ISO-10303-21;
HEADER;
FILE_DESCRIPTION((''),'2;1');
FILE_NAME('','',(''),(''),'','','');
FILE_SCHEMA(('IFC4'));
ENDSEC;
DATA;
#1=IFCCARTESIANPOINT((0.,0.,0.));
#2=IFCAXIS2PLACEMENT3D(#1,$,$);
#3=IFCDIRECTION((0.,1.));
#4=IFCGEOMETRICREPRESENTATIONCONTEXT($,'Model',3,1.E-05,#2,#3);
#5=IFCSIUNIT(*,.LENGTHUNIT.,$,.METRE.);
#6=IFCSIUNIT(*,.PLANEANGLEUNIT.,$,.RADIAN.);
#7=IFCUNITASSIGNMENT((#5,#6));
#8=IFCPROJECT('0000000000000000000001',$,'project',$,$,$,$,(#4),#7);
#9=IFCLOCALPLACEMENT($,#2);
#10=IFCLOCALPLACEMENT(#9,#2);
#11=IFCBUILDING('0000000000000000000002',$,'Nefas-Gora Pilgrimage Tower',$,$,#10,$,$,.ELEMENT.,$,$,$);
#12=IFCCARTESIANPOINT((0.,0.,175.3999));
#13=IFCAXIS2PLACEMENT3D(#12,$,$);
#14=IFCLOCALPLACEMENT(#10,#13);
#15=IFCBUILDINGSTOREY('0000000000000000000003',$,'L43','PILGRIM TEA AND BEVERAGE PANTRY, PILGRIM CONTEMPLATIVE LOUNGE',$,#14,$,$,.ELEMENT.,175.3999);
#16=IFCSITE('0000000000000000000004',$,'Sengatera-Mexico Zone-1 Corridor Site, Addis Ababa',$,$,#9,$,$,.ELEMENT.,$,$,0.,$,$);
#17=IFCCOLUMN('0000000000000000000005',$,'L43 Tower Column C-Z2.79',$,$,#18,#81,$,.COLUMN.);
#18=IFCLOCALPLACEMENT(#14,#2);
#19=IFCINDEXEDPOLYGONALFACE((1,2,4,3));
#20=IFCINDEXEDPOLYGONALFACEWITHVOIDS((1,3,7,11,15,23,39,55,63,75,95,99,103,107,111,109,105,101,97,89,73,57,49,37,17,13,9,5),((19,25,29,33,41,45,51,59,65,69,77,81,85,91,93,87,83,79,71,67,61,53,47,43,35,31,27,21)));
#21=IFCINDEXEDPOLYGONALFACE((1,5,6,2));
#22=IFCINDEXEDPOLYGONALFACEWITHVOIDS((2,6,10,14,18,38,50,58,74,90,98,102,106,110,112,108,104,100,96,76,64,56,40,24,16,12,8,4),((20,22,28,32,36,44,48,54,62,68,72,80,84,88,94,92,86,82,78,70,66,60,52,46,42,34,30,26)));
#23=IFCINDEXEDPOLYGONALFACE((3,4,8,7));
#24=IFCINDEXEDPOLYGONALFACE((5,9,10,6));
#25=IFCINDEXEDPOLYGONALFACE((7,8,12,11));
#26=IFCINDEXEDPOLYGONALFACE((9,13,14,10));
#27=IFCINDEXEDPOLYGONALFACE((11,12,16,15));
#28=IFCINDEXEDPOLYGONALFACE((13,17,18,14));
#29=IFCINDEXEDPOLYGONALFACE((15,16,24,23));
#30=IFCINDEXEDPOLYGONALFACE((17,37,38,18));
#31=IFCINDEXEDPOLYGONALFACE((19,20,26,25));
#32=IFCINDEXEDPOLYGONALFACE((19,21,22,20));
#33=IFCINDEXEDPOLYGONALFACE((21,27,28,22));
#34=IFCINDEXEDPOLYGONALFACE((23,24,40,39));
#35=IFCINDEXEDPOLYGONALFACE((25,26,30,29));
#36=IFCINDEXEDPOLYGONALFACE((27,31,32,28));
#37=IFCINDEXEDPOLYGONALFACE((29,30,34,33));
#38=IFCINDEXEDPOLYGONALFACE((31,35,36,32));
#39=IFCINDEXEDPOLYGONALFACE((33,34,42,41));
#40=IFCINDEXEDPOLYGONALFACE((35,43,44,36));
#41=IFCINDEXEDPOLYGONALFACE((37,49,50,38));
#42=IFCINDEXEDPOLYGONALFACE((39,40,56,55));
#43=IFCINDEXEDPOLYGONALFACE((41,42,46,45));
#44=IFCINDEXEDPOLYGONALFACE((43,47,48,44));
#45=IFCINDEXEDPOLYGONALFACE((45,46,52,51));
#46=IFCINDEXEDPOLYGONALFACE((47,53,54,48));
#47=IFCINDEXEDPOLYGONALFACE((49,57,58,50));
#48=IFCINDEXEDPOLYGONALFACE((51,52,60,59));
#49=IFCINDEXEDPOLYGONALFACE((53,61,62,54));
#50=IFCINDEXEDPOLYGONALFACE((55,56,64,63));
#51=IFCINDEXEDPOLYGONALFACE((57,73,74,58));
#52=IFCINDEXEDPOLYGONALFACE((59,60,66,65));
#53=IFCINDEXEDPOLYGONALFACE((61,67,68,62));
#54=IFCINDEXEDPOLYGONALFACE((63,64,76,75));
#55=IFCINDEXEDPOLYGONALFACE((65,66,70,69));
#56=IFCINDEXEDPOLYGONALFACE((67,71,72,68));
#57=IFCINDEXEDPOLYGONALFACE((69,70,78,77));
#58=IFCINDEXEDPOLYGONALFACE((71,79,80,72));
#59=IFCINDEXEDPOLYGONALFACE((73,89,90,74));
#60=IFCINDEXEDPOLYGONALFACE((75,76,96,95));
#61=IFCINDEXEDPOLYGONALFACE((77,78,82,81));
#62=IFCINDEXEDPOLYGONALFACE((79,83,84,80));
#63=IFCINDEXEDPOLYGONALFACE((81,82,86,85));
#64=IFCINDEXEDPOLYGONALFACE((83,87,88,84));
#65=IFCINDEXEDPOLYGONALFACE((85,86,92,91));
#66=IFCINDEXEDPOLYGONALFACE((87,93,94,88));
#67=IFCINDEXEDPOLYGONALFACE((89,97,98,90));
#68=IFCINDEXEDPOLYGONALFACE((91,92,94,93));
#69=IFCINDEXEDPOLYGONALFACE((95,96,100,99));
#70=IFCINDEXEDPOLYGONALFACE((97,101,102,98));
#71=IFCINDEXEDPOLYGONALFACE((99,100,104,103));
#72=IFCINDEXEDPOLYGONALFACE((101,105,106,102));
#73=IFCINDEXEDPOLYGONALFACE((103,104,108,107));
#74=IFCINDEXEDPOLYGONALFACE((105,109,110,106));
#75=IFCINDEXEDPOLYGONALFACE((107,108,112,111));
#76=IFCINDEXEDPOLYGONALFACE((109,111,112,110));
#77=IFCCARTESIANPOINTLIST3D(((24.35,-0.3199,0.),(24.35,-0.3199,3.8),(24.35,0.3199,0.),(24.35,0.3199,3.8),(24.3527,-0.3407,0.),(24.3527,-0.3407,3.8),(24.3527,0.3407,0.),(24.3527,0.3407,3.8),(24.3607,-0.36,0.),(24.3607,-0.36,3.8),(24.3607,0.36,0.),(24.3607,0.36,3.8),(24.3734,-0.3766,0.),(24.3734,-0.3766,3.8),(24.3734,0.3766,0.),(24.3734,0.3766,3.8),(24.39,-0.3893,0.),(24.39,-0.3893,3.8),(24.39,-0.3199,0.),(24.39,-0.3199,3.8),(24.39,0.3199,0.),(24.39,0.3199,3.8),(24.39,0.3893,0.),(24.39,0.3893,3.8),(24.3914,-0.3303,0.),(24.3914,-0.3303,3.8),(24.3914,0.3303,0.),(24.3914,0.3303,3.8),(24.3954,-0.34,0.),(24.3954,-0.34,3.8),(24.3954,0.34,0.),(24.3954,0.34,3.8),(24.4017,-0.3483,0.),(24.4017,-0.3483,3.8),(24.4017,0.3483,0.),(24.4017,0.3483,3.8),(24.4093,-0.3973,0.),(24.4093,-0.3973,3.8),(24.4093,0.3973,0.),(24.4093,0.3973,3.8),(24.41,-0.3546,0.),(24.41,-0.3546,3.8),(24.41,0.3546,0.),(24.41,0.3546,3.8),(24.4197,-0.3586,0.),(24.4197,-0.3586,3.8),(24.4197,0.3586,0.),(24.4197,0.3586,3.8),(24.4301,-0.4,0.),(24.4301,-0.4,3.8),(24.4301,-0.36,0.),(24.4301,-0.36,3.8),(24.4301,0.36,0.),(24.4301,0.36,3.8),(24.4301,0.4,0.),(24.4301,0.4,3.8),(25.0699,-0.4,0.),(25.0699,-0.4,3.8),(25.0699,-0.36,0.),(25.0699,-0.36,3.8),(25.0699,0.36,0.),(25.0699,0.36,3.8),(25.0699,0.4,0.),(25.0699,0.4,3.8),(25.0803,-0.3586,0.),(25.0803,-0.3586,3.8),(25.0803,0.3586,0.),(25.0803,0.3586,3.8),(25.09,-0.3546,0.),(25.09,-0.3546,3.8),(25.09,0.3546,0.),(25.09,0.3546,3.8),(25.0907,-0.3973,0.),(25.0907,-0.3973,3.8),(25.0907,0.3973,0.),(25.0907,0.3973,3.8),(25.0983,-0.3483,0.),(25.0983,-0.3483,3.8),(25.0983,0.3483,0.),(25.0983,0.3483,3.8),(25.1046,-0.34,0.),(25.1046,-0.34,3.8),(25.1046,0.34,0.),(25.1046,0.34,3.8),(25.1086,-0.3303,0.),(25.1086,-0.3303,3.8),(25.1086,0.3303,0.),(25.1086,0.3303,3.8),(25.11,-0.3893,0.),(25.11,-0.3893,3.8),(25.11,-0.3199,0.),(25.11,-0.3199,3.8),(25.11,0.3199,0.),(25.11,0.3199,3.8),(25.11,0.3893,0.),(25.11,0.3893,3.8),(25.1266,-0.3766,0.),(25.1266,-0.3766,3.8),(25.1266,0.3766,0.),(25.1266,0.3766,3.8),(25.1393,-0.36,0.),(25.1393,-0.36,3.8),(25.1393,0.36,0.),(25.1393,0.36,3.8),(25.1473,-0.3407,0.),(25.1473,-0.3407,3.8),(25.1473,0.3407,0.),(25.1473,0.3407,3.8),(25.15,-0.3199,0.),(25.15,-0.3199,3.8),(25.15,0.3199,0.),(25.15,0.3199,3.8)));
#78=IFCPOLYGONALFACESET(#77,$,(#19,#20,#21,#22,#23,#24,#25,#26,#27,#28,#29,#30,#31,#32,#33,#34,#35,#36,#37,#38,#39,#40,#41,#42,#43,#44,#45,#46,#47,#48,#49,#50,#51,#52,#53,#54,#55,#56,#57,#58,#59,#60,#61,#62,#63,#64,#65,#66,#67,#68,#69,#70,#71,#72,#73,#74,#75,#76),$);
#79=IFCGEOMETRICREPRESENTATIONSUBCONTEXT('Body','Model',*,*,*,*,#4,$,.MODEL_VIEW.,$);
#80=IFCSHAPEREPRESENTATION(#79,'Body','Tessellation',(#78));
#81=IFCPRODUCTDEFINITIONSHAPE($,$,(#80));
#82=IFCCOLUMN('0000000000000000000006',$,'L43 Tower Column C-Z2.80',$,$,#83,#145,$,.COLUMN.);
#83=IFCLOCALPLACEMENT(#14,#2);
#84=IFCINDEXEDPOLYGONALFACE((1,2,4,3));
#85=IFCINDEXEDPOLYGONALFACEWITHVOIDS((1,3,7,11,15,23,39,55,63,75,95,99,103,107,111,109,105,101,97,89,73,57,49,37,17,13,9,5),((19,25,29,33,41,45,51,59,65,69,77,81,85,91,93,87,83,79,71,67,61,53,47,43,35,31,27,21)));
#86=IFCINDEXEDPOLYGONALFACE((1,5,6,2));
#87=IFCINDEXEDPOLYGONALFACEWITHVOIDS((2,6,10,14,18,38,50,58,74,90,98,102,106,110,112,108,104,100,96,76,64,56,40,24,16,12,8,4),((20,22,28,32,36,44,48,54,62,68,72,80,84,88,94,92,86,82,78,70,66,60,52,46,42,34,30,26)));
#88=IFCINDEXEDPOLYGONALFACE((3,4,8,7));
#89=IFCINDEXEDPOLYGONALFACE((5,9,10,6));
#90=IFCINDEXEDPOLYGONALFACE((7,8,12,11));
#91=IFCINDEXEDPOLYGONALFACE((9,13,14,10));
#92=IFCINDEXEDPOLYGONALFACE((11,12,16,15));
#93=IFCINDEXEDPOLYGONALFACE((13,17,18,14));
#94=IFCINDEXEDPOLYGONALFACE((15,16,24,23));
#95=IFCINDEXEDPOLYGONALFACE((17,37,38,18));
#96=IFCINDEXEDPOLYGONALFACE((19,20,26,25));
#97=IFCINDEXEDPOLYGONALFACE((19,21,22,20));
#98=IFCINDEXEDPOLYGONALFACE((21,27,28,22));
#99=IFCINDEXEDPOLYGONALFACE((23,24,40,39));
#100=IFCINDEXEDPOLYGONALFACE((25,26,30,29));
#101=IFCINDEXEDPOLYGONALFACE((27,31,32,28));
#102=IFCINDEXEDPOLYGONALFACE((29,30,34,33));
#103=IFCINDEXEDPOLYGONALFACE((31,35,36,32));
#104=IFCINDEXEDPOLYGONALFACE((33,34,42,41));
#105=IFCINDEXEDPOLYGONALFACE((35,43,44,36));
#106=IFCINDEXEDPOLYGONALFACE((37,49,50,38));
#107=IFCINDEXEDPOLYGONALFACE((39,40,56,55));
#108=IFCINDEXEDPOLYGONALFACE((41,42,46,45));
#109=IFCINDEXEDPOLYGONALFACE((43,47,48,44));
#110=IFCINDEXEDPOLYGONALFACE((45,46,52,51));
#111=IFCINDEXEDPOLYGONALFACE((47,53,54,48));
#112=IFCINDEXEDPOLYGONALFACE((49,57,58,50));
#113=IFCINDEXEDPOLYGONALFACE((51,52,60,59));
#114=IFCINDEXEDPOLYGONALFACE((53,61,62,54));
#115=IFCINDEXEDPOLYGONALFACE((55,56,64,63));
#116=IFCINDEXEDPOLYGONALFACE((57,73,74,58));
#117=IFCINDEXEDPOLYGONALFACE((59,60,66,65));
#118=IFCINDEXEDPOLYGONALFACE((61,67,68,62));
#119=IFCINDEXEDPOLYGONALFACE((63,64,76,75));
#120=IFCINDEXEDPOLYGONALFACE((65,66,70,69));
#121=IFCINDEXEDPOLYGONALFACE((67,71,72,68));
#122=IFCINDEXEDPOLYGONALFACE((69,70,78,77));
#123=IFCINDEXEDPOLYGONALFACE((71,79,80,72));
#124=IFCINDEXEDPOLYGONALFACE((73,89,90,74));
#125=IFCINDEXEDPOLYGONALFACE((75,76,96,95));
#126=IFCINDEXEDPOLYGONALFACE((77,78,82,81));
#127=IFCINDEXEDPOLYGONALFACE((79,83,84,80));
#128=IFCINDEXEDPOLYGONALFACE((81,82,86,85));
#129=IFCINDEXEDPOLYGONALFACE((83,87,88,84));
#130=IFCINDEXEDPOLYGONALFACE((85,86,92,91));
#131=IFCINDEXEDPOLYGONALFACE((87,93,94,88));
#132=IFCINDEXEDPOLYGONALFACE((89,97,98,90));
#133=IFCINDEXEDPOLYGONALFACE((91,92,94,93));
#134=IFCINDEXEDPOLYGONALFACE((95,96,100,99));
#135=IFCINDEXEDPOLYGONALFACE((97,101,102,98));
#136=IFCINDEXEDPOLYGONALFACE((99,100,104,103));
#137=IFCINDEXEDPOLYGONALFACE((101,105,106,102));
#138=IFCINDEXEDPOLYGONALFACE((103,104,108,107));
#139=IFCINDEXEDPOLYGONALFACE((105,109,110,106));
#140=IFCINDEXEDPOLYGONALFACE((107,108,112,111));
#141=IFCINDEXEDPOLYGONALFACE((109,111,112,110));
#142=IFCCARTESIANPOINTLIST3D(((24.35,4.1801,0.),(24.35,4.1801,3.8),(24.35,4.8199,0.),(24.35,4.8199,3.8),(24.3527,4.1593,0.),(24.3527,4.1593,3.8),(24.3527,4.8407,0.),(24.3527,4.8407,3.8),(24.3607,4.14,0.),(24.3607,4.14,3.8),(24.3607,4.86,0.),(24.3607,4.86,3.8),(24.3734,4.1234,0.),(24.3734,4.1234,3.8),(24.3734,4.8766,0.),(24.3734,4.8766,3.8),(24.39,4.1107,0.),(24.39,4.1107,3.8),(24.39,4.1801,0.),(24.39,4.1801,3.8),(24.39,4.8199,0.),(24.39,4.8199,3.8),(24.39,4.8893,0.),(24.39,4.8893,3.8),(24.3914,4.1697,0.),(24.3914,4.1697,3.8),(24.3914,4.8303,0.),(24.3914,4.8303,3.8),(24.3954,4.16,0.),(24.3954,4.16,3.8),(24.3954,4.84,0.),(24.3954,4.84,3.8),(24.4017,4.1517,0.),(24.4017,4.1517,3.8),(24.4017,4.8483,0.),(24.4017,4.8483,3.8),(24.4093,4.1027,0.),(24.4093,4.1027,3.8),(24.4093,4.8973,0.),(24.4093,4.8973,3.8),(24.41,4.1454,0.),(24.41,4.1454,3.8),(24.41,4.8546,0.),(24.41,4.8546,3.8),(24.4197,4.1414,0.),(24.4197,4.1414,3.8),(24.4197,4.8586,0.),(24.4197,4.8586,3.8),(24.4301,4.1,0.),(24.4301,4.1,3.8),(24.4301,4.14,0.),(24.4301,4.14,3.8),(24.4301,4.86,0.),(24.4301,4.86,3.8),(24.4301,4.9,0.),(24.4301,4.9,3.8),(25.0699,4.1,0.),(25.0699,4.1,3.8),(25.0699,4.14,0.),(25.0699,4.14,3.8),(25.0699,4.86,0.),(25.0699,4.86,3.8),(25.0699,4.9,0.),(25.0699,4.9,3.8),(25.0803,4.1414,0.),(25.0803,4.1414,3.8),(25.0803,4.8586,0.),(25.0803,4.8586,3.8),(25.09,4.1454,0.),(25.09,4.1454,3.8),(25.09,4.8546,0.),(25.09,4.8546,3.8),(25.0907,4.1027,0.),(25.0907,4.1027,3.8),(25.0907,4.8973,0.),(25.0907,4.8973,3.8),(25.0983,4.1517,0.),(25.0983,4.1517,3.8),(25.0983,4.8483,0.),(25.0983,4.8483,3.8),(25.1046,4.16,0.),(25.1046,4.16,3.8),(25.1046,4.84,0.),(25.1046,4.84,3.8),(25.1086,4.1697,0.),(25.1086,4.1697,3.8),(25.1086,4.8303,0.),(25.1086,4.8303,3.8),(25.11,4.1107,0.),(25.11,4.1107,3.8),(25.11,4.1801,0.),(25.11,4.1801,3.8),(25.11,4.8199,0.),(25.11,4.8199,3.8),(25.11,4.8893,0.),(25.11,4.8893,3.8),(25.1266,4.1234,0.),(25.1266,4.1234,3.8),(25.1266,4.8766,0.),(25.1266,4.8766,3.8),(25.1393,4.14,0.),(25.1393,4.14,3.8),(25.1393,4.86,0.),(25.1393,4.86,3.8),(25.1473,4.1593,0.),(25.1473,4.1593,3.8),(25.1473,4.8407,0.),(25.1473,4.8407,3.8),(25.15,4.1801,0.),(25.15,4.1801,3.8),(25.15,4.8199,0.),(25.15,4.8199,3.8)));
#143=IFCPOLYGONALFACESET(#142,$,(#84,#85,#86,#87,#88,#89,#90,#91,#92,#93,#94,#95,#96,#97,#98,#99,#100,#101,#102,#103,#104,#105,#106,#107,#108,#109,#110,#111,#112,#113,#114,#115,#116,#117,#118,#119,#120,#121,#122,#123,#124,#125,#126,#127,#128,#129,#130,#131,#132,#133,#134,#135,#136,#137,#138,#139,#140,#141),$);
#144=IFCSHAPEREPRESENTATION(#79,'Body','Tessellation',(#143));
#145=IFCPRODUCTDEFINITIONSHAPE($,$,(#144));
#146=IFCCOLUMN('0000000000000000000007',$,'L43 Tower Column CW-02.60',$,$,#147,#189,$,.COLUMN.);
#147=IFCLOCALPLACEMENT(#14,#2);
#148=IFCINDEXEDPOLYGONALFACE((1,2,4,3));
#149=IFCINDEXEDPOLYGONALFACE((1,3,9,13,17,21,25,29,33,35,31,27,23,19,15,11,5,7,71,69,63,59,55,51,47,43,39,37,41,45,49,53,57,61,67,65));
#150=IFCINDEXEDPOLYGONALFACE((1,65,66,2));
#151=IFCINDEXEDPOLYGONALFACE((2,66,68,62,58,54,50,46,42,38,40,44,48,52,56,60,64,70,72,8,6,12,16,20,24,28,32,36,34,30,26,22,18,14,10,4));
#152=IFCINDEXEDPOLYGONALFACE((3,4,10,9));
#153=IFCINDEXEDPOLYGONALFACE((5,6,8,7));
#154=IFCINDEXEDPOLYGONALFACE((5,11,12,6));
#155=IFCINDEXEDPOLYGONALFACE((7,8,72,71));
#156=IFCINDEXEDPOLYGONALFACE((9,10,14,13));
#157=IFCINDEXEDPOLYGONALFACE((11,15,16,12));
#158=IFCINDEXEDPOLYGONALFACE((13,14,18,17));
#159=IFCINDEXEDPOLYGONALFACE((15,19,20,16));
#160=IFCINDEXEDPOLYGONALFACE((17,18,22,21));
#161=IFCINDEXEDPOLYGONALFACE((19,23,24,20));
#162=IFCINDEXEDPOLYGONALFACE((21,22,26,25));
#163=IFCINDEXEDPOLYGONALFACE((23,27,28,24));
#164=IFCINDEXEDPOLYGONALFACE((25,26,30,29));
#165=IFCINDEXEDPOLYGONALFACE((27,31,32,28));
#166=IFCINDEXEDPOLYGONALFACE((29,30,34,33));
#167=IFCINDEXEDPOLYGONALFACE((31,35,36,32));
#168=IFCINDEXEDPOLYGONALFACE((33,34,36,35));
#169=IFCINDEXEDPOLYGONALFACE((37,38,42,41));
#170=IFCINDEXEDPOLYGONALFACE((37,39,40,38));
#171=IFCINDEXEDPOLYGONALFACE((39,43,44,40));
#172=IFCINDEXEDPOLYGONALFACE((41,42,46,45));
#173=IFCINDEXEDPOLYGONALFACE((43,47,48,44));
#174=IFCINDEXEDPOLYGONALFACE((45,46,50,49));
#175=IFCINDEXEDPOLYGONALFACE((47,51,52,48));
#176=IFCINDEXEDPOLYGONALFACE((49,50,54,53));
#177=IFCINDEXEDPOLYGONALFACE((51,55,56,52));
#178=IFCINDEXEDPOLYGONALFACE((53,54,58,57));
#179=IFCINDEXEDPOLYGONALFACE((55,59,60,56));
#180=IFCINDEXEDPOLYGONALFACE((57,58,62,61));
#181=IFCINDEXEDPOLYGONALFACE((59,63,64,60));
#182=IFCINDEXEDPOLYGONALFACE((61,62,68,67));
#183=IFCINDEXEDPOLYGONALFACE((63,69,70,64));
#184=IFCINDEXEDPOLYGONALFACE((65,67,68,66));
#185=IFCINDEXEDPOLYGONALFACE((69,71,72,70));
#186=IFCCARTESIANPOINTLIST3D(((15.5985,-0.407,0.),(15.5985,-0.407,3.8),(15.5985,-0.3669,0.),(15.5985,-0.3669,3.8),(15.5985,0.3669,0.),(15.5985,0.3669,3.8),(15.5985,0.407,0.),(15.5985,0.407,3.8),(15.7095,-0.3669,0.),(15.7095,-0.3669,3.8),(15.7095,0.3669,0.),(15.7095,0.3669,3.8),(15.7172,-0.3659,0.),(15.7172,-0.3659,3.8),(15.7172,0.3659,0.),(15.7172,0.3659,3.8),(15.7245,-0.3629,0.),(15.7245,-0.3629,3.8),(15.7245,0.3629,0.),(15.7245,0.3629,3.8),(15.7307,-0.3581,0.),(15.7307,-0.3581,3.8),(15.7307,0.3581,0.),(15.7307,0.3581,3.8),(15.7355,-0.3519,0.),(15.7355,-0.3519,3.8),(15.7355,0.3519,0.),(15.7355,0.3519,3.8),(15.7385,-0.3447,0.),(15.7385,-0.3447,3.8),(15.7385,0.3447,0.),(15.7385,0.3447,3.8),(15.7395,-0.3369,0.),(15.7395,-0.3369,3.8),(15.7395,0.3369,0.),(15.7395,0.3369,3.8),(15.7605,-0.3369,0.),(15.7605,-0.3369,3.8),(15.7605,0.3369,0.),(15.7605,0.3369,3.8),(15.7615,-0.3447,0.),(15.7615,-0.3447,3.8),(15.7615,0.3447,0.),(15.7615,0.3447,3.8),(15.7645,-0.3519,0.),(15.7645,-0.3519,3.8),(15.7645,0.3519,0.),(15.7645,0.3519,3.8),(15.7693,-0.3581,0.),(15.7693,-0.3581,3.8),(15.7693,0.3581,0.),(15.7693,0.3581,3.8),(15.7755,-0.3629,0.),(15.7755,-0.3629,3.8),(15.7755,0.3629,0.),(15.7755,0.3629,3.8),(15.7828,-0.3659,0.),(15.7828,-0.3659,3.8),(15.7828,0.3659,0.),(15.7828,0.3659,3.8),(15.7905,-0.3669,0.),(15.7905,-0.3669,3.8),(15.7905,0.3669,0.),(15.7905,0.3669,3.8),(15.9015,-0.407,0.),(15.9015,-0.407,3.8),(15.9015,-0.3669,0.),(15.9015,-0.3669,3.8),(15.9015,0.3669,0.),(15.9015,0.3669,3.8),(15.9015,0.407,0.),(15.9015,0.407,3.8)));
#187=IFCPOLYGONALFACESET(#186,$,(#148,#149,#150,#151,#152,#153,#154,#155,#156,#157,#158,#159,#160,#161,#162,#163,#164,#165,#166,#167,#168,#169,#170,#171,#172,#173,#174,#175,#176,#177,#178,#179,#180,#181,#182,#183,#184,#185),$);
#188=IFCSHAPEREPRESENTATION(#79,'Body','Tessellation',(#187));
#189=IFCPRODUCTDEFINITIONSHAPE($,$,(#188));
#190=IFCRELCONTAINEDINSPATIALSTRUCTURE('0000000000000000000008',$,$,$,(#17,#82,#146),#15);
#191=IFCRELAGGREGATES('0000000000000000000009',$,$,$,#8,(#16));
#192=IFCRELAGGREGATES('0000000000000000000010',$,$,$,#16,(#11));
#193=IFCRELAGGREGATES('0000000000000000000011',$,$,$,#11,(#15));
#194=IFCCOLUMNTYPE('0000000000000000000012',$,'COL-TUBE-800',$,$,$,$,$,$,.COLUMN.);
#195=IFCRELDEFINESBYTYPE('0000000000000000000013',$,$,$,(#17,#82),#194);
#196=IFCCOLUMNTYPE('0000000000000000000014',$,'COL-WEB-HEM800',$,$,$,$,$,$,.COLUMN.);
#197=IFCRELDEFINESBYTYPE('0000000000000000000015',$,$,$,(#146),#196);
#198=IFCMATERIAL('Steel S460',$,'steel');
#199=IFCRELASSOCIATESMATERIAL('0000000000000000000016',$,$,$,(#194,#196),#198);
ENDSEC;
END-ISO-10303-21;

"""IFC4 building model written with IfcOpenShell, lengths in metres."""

from ifc_helpers import new_model, si_unit, direction, frame, origin, origin_2d, place, context, subcontext, project, spatial, hollow_rectangle, i_section, extrude, source, transform, mapped, material, material_profile, profile_set, type_object, element, save


model = new_model("IFC4")

# Units and contexts
model_context = context("Model", 3, precision=1e-05, world=origin(), true_north=direction((0.0, 1.0)))
body_context = subcontext(model_context, "Body", "Model", "MODEL_VIEW")
ifc_project = project(units=[si_unit("LENGTHUNIT", "METRE"), si_unit("PLANEANGLEUNIT", "RADIAN")], contexts=[model_context])

# Site, building, storey
site_placement = place(None, origin())
site = spatial("IfcSite", under=ifc_project, at=site_placement, Name="Sengatera-Mexico Zone-1 Corridor Site, Addis Ababa", CompositionType="ELEMENT", RefElevation=0.0)
building_placement = place(site_placement, origin())
building = spatial("IfcBuilding", under=site, at=building_placement, Name="Nefas-Gora Pilgrimage Tower", CompositionType="ELEMENT")
storey_placement = place(building_placement, frame((0.0, 0.0, 175.3999)))
storey = spatial("IfcBuildingStorey", under=building, at=storey_placement, Name="L43", Description="PILGRIM TEA AND BEVERAGE PANTRY, PILGRIM CONTEMPLATIVE LOUNGE", CompositionType="ELEMENT", Elevation=175.3999)

# Columns
ifc_material_1 = material(Name="Steel S460", Category="steel")
ifc_material_profile_1 = material_profile(ifc_material_1, hollow_rectangle(XDim=0.8, YDim=0.8, WallThickness=0.04, InnerFilletRadius=0.04, OuterFilletRadius=0.0801, at=origin_2d()), Name="BOX 800x800x40")
ifc_profile_set_1 = profile_set([ifc_material_profile_1], Name="Steel S460")
column_type_1 = type_object("IfcColumnType", Name="COL-TUBE-800", PredefinedType="COLUMN", material=ifc_profile_set_1)
shared_shape_1 = source(origin(), body_context, "Body", "SweptSolid", [
    extrude(hollow_rectangle(XDim=0.8, YDim=0.8, WallThickness=0.04, InnerFilletRadius=0.04, OuterFilletRadius=0.0801, at=origin_2d()), origin(), (0.0, 0.0, 1.0), 3.8),
])
for number, where, z_axis, x_axis, name in (
    (1, (24.75, 0.0, 0.0), (0.0, 0.0, 1.0), (1.0, 0.0, 0.0), "L43 Tower Column C-Z2.79"),
    (2, (24.75, 4.5, 0.0), (0.0, 0.0, 1.0), (1.0, 0.0, 0.0), "L43 Tower Column C-Z2.80"),
):
    element("IfcColumn", number, at=place(storey_placement, frame(where, z_axis=z_axis, x_axis=x_axis)), inside=storey, type_object=column_type_1, Name=name, PredefinedType="COLUMN", context=body_context, shape_type="MappedRepresentation", body=[
        mapped(shared_shape_1, transform((0.0, 0.0, 0.0), x_axis=(1.0, 0.0, 0.0), y_axis=(0.0, 1.0, 0.0), z_axis=(0.0, 0.0, 1.0), scale=1.0)),
    ])
ifc_material_profile_2 = material_profile(ifc_material_1, i_section(OverallWidth=0.303, OverallDepth=0.814, WebThickness=0.021, FlangeThickness=0.04, FilletRadius=0.03, at=origin_2d()), Name="HEM 800")
ifc_profile_set_2 = profile_set([ifc_material_profile_2], Name="Steel S460")
column_type_2 = type_object("IfcColumnType", Name="COL-WEB-HEM800", PredefinedType="COLUMN", material=ifc_profile_set_2)
shared_shape_2 = source(origin(), body_context, "Body", "SweptSolid", [
    extrude(i_section(OverallWidth=0.303, OverallDepth=0.814, WebThickness=0.021, FlangeThickness=0.04, FilletRadius=0.03, at=origin_2d()), origin(), (0.0, 0.0, 1.0), 3.8),
])
for number, where, z_axis, x_axis, name in (
    (3, (15.75, 0.0, 0.0), (0.0, 0.0, 1.0), (1.0, 0.0, 0.0), "L43 Tower Column CW-02.60"),
):
    element("IfcColumn", number, at=place(storey_placement, frame(where, z_axis=z_axis, x_axis=x_axis)), inside=storey, type_object=column_type_2, Name=name, PredefinedType="COLUMN", context=body_context, shape_type="MappedRepresentation", body=[
        mapped(shared_shape_2, transform((0.0, 0.0, 0.0), x_axis=(1.0, 0.0, 0.0), y_axis=(0.0, 1.0, 0.0), z_axis=(0.0, 0.0, 1.0), scale=1.0)),
    ])

save(model, "model.ifc")
